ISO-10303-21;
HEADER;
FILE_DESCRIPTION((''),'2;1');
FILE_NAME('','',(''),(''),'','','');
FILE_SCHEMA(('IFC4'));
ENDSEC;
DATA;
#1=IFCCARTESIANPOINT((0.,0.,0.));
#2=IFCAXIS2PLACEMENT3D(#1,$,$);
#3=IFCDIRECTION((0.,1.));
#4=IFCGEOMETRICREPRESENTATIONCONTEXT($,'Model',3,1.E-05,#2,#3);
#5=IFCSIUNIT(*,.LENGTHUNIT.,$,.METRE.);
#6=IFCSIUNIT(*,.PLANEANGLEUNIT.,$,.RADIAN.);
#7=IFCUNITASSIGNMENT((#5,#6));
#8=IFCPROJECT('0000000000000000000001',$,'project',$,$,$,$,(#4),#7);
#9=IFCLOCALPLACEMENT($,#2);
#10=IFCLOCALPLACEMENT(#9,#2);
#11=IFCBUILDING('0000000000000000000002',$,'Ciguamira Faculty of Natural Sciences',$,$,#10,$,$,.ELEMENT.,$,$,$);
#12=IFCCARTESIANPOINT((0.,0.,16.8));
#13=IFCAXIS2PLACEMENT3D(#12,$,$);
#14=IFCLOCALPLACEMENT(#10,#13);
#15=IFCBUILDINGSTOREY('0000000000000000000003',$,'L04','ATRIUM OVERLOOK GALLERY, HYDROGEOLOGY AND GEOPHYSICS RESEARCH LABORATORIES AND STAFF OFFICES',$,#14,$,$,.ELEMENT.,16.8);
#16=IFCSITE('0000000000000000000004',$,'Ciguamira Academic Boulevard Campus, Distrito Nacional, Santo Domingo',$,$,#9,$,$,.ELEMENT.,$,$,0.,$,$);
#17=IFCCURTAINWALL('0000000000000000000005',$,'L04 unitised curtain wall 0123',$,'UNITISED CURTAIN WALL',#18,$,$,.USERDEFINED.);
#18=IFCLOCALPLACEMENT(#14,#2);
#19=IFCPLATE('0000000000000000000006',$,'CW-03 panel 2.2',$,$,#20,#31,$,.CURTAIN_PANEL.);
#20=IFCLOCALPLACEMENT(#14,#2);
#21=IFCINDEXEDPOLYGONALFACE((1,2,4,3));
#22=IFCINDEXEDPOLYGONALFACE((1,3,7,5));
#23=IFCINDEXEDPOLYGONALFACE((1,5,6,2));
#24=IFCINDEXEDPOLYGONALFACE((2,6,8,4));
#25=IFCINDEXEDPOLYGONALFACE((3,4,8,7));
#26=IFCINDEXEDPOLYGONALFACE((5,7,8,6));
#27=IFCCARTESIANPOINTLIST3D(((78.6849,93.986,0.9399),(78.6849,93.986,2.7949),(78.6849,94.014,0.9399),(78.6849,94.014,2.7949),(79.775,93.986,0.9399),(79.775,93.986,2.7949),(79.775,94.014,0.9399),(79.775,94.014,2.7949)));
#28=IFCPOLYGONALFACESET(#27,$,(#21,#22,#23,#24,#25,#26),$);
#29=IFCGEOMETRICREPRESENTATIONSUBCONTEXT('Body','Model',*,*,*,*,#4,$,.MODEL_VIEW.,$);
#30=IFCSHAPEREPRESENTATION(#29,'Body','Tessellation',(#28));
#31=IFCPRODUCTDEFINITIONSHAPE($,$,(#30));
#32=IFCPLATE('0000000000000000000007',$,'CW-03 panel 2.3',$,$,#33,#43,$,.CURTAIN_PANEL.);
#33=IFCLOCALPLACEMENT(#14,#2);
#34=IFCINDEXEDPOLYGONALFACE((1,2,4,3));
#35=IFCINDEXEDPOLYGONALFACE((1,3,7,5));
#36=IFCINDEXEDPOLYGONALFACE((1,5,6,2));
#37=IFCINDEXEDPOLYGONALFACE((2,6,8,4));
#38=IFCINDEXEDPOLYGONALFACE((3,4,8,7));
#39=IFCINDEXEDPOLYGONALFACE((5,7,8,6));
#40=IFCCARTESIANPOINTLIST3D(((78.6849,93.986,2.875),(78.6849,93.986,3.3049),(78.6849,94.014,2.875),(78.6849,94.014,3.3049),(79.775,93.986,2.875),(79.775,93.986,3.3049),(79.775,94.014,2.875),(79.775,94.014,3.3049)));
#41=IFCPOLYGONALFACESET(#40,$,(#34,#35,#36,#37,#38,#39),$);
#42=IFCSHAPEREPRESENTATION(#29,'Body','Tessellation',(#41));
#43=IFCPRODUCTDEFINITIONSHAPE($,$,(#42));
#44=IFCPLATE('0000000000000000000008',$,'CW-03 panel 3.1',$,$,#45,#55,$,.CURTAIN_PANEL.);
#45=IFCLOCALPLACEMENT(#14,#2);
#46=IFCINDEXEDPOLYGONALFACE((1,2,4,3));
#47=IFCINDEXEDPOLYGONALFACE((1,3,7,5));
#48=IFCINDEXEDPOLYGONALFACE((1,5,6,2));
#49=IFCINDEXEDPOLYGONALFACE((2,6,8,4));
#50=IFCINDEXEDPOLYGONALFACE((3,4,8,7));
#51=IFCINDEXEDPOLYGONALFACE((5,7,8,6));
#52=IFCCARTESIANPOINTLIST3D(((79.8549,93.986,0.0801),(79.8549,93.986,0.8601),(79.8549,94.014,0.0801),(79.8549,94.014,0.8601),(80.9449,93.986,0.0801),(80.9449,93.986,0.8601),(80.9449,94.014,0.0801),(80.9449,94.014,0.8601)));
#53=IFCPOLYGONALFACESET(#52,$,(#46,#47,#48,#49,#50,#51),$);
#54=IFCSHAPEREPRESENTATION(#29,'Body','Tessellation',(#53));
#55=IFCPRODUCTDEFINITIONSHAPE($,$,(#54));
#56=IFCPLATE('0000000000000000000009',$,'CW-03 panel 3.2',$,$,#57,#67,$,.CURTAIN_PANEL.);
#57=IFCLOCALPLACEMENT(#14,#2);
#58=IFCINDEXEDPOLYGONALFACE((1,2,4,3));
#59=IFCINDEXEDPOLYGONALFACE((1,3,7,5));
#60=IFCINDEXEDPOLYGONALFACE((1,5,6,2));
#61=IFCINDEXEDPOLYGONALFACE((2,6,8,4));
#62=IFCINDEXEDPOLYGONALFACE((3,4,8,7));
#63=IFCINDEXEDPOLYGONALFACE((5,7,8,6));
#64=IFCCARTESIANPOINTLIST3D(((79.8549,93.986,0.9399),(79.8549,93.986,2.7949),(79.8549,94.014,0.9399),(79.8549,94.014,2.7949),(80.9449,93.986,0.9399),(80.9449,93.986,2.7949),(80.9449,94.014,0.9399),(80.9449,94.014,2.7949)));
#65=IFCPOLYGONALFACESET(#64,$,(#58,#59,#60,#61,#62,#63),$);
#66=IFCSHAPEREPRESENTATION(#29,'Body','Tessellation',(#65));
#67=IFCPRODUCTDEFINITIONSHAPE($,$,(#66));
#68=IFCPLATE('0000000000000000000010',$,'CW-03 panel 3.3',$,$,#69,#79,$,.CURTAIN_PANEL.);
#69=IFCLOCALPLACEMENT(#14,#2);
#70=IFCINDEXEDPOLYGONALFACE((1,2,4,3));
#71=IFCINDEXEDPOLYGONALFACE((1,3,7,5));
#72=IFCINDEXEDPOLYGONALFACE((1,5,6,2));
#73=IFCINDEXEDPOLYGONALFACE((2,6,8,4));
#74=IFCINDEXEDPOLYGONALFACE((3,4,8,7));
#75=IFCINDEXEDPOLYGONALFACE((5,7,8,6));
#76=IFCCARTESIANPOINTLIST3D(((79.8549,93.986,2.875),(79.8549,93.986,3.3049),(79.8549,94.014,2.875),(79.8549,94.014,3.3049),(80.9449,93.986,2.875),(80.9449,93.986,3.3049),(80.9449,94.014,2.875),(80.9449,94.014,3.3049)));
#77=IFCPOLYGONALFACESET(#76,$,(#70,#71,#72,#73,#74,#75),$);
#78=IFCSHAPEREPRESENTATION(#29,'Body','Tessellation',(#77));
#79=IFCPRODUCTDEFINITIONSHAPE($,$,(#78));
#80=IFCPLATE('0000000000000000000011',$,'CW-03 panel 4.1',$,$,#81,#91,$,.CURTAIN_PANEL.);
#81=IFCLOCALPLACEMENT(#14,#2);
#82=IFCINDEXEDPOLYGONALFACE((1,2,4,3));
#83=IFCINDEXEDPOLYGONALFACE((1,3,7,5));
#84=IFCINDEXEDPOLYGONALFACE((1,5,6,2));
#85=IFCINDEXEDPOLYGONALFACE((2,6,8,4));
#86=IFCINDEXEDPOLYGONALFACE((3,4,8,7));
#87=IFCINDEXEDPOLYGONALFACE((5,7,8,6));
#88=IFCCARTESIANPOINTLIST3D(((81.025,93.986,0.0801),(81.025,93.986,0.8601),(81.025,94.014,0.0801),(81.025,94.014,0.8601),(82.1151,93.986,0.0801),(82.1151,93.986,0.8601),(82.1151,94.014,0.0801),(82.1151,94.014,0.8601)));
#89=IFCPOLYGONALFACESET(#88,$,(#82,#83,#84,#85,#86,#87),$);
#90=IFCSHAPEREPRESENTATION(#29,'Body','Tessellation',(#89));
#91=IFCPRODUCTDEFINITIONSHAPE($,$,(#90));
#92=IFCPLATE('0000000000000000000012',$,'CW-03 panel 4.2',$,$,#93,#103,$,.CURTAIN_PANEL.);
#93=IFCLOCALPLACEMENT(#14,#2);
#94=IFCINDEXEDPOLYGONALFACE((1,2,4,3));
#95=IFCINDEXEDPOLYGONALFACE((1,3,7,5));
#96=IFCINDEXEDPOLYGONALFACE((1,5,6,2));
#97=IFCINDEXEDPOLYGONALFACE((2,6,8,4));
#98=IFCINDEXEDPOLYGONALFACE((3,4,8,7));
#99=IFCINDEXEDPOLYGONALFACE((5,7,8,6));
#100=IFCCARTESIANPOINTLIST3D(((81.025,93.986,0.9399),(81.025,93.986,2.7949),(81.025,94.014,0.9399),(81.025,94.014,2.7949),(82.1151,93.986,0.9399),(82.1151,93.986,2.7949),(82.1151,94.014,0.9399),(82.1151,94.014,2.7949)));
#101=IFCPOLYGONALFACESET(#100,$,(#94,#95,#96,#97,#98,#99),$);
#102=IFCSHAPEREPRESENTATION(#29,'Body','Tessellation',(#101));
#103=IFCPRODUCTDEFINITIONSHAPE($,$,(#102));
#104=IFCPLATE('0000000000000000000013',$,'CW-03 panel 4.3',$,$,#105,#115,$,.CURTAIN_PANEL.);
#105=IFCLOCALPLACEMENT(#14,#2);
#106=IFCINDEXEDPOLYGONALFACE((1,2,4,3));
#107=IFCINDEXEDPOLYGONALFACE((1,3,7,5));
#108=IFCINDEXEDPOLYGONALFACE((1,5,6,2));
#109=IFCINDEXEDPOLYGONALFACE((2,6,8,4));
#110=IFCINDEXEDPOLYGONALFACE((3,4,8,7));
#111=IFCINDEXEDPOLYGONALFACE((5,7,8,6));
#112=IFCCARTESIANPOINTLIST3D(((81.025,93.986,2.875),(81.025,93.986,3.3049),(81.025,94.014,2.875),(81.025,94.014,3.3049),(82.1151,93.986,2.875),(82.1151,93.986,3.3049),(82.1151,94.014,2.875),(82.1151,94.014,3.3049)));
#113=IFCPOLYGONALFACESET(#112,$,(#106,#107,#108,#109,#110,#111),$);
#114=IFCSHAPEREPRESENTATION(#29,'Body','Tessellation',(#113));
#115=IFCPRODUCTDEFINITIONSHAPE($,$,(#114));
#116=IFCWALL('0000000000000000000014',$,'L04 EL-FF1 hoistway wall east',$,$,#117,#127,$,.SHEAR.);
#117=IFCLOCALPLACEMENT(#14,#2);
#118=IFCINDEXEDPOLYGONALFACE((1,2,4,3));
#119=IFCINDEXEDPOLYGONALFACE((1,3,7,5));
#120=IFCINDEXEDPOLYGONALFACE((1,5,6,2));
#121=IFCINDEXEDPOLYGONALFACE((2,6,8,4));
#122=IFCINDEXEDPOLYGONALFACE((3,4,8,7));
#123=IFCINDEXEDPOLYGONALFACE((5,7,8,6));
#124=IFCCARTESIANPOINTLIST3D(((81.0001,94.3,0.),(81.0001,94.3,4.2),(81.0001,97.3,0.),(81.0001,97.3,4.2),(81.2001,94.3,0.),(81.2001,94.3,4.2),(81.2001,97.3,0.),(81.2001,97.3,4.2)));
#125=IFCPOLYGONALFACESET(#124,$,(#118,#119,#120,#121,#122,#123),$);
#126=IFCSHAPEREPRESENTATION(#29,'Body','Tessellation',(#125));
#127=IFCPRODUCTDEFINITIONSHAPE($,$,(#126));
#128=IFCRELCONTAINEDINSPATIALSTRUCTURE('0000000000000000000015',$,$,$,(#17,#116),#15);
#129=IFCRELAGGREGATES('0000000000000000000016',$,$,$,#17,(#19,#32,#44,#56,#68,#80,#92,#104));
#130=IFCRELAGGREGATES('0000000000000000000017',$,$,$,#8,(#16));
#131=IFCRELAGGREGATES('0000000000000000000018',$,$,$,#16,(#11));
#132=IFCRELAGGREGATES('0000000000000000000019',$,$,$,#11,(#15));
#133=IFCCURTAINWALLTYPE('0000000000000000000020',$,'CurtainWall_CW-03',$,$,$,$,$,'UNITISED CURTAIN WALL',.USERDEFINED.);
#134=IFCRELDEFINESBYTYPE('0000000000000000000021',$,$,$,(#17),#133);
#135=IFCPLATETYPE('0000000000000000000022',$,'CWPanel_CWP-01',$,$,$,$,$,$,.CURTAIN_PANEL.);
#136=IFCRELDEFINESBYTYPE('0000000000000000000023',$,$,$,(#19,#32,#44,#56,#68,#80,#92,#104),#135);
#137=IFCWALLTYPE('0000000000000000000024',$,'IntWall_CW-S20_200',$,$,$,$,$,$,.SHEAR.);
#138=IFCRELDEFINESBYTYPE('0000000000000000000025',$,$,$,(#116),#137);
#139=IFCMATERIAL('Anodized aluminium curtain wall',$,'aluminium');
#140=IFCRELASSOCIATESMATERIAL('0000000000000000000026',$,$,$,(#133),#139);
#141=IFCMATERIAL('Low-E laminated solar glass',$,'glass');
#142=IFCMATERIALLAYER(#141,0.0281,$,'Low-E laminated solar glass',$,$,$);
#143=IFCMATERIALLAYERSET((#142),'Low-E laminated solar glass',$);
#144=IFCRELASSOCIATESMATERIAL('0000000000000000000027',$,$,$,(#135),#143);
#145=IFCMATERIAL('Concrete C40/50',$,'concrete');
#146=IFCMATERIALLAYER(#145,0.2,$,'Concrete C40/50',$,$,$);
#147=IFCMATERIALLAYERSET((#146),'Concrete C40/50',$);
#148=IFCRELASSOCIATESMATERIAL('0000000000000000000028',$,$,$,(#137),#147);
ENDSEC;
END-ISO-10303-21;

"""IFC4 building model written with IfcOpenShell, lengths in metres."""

from ifc_helpers import new_model, si_unit, direction, frame, frame_2d, origin, origin_2d, place, context, subcontext, project, spatial, rectangle, extrude, material, layer, layer_set, type_object, element, aggregate, save


model = new_model("IFC4")

# Units and contexts
model_context = context("Model", 3, precision=1e-05, world=origin(), true_north=direction((0.0, 1.0)))
body_context = subcontext(model_context, "Body", "Model", "MODEL_VIEW")
ifc_project = project(units=[si_unit("LENGTHUNIT", "METRE"), si_unit("PLANEANGLEUNIT", "RADIAN")], contexts=[model_context])

# Site, building, storey
site_placement = place(None, origin())
site = spatial("IfcSite", under=ifc_project, at=site_placement, Name="Ciguamira Academic Boulevard Campus, Distrito Nacional, Santo Domingo", CompositionType="ELEMENT", RefElevation=0.0)
building_placement = place(site_placement, origin())
building = spatial("IfcBuilding", under=site, at=building_placement, Name="Ciguamira Faculty of Natural Sciences", CompositionType="ELEMENT")
storey_placement = place(building_placement, frame((0.0, 0.0, 16.8)))
storey = spatial("IfcBuildingStorey", under=building, at=storey_placement, Name="L04", Description="ATRIUM OVERLOOK GALLERY, HYDROGEOLOGY AND GEOPHYSICS RESEARCH LABORATORIES AND STAFF OFFICES", CompositionType="ELEMENT", Elevation=16.8)

# Curtain wall, plates
ifc_material_1 = material(Name="Anodized aluminium curtain wall", Category="aluminium")
curtain_wall_type = type_object("IfcCurtainWallType", Name="CurtainWall_CW-03", ElementType="UNITISED CURTAIN WALL", PredefinedType="USERDEFINED", material=ifc_material_1)
curtain_wall_placement = place(storey_placement, origin())
curtain_wall = element("IfcCurtainWall", 1, at=curtain_wall_placement, inside=storey, type_object=curtain_wall_type, Name="L04 unitised curtain wall 0123", ObjectType="UNITISED CURTAIN WALL", PredefinedType="USERDEFINED")
ifc_material_2 = material(Name="Low-E laminated solar glass", Category="glass")
ifc_layer_1 = layer(ifc_material_2, 0.0281, Name="Low-E laminated solar glass")
ifc_layer_set_1 = layer_set([ifc_layer_1], Name="Low-E laminated solar glass")
plate_type = type_object("IfcPlateType", Name="CWPanel_CWP-01", PredefinedType="CURTAIN_PANEL", material=ifc_layer_set_1)
plate_1_placement = place(storey_placement, frame((79.23, 94.0, 0.9399), z_axis=(0.0, 0.0, 1.0), x_axis=(1.0, 0.0, 0.0)))
plate_1 = element("IfcPlate", 2, at=plate_1_placement, type_object=plate_type, Name="CW-03 panel 2.2", PredefinedType="CURTAIN_PANEL", context=body_context, shape_type="SweptSolid", body=[
    extrude(rectangle(XDim=1.0901, YDim=0.0281, at=origin_2d()), origin(), (0.0, 0.0, 1.0), 1.855),
])
plate_2_placement = place(storey_placement, frame((79.23, 94.0, 2.875), z_axis=(0.0, 0.0, 1.0), x_axis=(1.0, 0.0, 0.0)))
plate_2 = element("IfcPlate", 3, at=plate_2_placement, type_object=plate_type, Name="CW-03 panel 2.3", PredefinedType="CURTAIN_PANEL", context=body_context, shape_type="SweptSolid", body=[
    extrude(rectangle(XDim=1.0901, YDim=0.0281, at=origin_2d()), origin(), (0.0, 0.0, 1.0), 0.4299),
])
plate_3_placement = place(storey_placement, frame((80.3999, 94.0, 0.0801), z_axis=(0.0, 0.0, 1.0), x_axis=(1.0, 0.0, 0.0)))
plate_3 = element("IfcPlate", 4, at=plate_3_placement, type_object=plate_type, Name="CW-03 panel 3.1", PredefinedType="CURTAIN_PANEL", context=body_context, shape_type="SweptSolid", body=[
    extrude(rectangle(XDim=1.0901, YDim=0.0281, at=origin_2d()), origin(), (0.0, 0.0, 1.0), 0.78),
])
plate_4_placement = place(storey_placement, frame((80.3999, 94.0, 0.9399), z_axis=(0.0, 0.0, 1.0), x_axis=(1.0, 0.0, 0.0)))
plate_4 = element("IfcPlate", 5, at=plate_4_placement, type_object=plate_type, Name="CW-03 panel 3.2", PredefinedType="CURTAIN_PANEL", context=body_context, shape_type="SweptSolid", body=[
    extrude(rectangle(XDim=1.0901, YDim=0.0281, at=origin_2d()), origin(), (0.0, 0.0, 1.0), 1.855),
])
plate_5_placement = place(storey_placement, frame((80.3999, 94.0, 2.875), z_axis=(0.0, 0.0, 1.0), x_axis=(1.0, 0.0, 0.0)))
plate_5 = element("IfcPlate", 6, at=plate_5_placement, type_object=plate_type, Name="CW-03 panel 3.3", PredefinedType="CURTAIN_PANEL", context=body_context, shape_type="SweptSolid", body=[
    extrude(rectangle(XDim=1.0901, YDim=0.0281, at=origin_2d()), origin(), (0.0, 0.0, 1.0), 0.4299),
])
plate_6_placement = place(storey_placement, frame((81.5701, 94.0, 0.0801), z_axis=(0.0, 0.0, 1.0), x_axis=(1.0, 0.0, 0.0)))
plate_6 = element("IfcPlate", 7, at=plate_6_placement, type_object=plate_type, Name="CW-03 panel 4.1", PredefinedType="CURTAIN_PANEL", context=body_context, shape_type="SweptSolid", body=[
    extrude(rectangle(XDim=1.0901, YDim=0.0281, at=origin_2d()), origin(), (0.0, 0.0, 1.0), 0.78),
])
plate_7_placement = place(storey_placement, frame((81.5701, 94.0, 0.9399), z_axis=(0.0, 0.0, 1.0), x_axis=(1.0, 0.0, 0.0)))
plate_7 = element("IfcPlate", 8, at=plate_7_placement, type_object=plate_type, Name="CW-03 panel 4.2", PredefinedType="CURTAIN_PANEL", context=body_context, shape_type="SweptSolid", body=[
    extrude(rectangle(XDim=1.0901, YDim=0.0281, at=origin_2d()), origin(), (0.0, 0.0, 1.0), 1.855),
])
plate_8_placement = place(storey_placement, frame((81.5701, 94.0, 2.875), z_axis=(0.0, 0.0, 1.0), x_axis=(1.0, 0.0, 0.0)))
plate_8 = element("IfcPlate", 9, at=plate_8_placement, type_object=plate_type, Name="CW-03 panel 4.3", PredefinedType="CURTAIN_PANEL", context=body_context, shape_type="SweptSolid", body=[
    extrude(rectangle(XDim=1.0901, YDim=0.0281, at=origin_2d()), origin(), (0.0, 0.0, 1.0), 0.4299),
])
aggregate(curtain_wall, [plate_1, plate_2, plate_3, plate_4, plate_5, plate_6, plate_7, plate_8])

# Wall
ifc_material_3 = material(Name="Concrete C40/50", Category="concrete")
ifc_layer_2 = layer(ifc_material_3, 0.2, Name="Concrete C40/50")
ifc_layer_set_2 = layer_set([ifc_layer_2], Name="Concrete C40/50")
wall_type = type_object("IfcWallType", Name="IntWall_CW-S20_200", PredefinedType="SHEAR", material=ifc_layer_set_2)
wall_placement = place(storey_placement, frame((81.1001, 94.3, 0.0), z_axis=(0.0, 0.0, 1.0), x_axis=(0.0, 1.0, 0.0)))
element("IfcWall", 10, at=wall_placement, inside=storey, type_object=wall_type, Name="L04 EL-FF1 hoistway wall east", PredefinedType="SHEAR", context=body_context, shape_type="SweptSolid", body=[
    extrude(rectangle(XDim=3.0, YDim=0.2, at=frame_2d((1.5, 0.0))), origin(), (0.0, 0.0, 1.0), 4.2),
])

save(model, "model.ifc")
